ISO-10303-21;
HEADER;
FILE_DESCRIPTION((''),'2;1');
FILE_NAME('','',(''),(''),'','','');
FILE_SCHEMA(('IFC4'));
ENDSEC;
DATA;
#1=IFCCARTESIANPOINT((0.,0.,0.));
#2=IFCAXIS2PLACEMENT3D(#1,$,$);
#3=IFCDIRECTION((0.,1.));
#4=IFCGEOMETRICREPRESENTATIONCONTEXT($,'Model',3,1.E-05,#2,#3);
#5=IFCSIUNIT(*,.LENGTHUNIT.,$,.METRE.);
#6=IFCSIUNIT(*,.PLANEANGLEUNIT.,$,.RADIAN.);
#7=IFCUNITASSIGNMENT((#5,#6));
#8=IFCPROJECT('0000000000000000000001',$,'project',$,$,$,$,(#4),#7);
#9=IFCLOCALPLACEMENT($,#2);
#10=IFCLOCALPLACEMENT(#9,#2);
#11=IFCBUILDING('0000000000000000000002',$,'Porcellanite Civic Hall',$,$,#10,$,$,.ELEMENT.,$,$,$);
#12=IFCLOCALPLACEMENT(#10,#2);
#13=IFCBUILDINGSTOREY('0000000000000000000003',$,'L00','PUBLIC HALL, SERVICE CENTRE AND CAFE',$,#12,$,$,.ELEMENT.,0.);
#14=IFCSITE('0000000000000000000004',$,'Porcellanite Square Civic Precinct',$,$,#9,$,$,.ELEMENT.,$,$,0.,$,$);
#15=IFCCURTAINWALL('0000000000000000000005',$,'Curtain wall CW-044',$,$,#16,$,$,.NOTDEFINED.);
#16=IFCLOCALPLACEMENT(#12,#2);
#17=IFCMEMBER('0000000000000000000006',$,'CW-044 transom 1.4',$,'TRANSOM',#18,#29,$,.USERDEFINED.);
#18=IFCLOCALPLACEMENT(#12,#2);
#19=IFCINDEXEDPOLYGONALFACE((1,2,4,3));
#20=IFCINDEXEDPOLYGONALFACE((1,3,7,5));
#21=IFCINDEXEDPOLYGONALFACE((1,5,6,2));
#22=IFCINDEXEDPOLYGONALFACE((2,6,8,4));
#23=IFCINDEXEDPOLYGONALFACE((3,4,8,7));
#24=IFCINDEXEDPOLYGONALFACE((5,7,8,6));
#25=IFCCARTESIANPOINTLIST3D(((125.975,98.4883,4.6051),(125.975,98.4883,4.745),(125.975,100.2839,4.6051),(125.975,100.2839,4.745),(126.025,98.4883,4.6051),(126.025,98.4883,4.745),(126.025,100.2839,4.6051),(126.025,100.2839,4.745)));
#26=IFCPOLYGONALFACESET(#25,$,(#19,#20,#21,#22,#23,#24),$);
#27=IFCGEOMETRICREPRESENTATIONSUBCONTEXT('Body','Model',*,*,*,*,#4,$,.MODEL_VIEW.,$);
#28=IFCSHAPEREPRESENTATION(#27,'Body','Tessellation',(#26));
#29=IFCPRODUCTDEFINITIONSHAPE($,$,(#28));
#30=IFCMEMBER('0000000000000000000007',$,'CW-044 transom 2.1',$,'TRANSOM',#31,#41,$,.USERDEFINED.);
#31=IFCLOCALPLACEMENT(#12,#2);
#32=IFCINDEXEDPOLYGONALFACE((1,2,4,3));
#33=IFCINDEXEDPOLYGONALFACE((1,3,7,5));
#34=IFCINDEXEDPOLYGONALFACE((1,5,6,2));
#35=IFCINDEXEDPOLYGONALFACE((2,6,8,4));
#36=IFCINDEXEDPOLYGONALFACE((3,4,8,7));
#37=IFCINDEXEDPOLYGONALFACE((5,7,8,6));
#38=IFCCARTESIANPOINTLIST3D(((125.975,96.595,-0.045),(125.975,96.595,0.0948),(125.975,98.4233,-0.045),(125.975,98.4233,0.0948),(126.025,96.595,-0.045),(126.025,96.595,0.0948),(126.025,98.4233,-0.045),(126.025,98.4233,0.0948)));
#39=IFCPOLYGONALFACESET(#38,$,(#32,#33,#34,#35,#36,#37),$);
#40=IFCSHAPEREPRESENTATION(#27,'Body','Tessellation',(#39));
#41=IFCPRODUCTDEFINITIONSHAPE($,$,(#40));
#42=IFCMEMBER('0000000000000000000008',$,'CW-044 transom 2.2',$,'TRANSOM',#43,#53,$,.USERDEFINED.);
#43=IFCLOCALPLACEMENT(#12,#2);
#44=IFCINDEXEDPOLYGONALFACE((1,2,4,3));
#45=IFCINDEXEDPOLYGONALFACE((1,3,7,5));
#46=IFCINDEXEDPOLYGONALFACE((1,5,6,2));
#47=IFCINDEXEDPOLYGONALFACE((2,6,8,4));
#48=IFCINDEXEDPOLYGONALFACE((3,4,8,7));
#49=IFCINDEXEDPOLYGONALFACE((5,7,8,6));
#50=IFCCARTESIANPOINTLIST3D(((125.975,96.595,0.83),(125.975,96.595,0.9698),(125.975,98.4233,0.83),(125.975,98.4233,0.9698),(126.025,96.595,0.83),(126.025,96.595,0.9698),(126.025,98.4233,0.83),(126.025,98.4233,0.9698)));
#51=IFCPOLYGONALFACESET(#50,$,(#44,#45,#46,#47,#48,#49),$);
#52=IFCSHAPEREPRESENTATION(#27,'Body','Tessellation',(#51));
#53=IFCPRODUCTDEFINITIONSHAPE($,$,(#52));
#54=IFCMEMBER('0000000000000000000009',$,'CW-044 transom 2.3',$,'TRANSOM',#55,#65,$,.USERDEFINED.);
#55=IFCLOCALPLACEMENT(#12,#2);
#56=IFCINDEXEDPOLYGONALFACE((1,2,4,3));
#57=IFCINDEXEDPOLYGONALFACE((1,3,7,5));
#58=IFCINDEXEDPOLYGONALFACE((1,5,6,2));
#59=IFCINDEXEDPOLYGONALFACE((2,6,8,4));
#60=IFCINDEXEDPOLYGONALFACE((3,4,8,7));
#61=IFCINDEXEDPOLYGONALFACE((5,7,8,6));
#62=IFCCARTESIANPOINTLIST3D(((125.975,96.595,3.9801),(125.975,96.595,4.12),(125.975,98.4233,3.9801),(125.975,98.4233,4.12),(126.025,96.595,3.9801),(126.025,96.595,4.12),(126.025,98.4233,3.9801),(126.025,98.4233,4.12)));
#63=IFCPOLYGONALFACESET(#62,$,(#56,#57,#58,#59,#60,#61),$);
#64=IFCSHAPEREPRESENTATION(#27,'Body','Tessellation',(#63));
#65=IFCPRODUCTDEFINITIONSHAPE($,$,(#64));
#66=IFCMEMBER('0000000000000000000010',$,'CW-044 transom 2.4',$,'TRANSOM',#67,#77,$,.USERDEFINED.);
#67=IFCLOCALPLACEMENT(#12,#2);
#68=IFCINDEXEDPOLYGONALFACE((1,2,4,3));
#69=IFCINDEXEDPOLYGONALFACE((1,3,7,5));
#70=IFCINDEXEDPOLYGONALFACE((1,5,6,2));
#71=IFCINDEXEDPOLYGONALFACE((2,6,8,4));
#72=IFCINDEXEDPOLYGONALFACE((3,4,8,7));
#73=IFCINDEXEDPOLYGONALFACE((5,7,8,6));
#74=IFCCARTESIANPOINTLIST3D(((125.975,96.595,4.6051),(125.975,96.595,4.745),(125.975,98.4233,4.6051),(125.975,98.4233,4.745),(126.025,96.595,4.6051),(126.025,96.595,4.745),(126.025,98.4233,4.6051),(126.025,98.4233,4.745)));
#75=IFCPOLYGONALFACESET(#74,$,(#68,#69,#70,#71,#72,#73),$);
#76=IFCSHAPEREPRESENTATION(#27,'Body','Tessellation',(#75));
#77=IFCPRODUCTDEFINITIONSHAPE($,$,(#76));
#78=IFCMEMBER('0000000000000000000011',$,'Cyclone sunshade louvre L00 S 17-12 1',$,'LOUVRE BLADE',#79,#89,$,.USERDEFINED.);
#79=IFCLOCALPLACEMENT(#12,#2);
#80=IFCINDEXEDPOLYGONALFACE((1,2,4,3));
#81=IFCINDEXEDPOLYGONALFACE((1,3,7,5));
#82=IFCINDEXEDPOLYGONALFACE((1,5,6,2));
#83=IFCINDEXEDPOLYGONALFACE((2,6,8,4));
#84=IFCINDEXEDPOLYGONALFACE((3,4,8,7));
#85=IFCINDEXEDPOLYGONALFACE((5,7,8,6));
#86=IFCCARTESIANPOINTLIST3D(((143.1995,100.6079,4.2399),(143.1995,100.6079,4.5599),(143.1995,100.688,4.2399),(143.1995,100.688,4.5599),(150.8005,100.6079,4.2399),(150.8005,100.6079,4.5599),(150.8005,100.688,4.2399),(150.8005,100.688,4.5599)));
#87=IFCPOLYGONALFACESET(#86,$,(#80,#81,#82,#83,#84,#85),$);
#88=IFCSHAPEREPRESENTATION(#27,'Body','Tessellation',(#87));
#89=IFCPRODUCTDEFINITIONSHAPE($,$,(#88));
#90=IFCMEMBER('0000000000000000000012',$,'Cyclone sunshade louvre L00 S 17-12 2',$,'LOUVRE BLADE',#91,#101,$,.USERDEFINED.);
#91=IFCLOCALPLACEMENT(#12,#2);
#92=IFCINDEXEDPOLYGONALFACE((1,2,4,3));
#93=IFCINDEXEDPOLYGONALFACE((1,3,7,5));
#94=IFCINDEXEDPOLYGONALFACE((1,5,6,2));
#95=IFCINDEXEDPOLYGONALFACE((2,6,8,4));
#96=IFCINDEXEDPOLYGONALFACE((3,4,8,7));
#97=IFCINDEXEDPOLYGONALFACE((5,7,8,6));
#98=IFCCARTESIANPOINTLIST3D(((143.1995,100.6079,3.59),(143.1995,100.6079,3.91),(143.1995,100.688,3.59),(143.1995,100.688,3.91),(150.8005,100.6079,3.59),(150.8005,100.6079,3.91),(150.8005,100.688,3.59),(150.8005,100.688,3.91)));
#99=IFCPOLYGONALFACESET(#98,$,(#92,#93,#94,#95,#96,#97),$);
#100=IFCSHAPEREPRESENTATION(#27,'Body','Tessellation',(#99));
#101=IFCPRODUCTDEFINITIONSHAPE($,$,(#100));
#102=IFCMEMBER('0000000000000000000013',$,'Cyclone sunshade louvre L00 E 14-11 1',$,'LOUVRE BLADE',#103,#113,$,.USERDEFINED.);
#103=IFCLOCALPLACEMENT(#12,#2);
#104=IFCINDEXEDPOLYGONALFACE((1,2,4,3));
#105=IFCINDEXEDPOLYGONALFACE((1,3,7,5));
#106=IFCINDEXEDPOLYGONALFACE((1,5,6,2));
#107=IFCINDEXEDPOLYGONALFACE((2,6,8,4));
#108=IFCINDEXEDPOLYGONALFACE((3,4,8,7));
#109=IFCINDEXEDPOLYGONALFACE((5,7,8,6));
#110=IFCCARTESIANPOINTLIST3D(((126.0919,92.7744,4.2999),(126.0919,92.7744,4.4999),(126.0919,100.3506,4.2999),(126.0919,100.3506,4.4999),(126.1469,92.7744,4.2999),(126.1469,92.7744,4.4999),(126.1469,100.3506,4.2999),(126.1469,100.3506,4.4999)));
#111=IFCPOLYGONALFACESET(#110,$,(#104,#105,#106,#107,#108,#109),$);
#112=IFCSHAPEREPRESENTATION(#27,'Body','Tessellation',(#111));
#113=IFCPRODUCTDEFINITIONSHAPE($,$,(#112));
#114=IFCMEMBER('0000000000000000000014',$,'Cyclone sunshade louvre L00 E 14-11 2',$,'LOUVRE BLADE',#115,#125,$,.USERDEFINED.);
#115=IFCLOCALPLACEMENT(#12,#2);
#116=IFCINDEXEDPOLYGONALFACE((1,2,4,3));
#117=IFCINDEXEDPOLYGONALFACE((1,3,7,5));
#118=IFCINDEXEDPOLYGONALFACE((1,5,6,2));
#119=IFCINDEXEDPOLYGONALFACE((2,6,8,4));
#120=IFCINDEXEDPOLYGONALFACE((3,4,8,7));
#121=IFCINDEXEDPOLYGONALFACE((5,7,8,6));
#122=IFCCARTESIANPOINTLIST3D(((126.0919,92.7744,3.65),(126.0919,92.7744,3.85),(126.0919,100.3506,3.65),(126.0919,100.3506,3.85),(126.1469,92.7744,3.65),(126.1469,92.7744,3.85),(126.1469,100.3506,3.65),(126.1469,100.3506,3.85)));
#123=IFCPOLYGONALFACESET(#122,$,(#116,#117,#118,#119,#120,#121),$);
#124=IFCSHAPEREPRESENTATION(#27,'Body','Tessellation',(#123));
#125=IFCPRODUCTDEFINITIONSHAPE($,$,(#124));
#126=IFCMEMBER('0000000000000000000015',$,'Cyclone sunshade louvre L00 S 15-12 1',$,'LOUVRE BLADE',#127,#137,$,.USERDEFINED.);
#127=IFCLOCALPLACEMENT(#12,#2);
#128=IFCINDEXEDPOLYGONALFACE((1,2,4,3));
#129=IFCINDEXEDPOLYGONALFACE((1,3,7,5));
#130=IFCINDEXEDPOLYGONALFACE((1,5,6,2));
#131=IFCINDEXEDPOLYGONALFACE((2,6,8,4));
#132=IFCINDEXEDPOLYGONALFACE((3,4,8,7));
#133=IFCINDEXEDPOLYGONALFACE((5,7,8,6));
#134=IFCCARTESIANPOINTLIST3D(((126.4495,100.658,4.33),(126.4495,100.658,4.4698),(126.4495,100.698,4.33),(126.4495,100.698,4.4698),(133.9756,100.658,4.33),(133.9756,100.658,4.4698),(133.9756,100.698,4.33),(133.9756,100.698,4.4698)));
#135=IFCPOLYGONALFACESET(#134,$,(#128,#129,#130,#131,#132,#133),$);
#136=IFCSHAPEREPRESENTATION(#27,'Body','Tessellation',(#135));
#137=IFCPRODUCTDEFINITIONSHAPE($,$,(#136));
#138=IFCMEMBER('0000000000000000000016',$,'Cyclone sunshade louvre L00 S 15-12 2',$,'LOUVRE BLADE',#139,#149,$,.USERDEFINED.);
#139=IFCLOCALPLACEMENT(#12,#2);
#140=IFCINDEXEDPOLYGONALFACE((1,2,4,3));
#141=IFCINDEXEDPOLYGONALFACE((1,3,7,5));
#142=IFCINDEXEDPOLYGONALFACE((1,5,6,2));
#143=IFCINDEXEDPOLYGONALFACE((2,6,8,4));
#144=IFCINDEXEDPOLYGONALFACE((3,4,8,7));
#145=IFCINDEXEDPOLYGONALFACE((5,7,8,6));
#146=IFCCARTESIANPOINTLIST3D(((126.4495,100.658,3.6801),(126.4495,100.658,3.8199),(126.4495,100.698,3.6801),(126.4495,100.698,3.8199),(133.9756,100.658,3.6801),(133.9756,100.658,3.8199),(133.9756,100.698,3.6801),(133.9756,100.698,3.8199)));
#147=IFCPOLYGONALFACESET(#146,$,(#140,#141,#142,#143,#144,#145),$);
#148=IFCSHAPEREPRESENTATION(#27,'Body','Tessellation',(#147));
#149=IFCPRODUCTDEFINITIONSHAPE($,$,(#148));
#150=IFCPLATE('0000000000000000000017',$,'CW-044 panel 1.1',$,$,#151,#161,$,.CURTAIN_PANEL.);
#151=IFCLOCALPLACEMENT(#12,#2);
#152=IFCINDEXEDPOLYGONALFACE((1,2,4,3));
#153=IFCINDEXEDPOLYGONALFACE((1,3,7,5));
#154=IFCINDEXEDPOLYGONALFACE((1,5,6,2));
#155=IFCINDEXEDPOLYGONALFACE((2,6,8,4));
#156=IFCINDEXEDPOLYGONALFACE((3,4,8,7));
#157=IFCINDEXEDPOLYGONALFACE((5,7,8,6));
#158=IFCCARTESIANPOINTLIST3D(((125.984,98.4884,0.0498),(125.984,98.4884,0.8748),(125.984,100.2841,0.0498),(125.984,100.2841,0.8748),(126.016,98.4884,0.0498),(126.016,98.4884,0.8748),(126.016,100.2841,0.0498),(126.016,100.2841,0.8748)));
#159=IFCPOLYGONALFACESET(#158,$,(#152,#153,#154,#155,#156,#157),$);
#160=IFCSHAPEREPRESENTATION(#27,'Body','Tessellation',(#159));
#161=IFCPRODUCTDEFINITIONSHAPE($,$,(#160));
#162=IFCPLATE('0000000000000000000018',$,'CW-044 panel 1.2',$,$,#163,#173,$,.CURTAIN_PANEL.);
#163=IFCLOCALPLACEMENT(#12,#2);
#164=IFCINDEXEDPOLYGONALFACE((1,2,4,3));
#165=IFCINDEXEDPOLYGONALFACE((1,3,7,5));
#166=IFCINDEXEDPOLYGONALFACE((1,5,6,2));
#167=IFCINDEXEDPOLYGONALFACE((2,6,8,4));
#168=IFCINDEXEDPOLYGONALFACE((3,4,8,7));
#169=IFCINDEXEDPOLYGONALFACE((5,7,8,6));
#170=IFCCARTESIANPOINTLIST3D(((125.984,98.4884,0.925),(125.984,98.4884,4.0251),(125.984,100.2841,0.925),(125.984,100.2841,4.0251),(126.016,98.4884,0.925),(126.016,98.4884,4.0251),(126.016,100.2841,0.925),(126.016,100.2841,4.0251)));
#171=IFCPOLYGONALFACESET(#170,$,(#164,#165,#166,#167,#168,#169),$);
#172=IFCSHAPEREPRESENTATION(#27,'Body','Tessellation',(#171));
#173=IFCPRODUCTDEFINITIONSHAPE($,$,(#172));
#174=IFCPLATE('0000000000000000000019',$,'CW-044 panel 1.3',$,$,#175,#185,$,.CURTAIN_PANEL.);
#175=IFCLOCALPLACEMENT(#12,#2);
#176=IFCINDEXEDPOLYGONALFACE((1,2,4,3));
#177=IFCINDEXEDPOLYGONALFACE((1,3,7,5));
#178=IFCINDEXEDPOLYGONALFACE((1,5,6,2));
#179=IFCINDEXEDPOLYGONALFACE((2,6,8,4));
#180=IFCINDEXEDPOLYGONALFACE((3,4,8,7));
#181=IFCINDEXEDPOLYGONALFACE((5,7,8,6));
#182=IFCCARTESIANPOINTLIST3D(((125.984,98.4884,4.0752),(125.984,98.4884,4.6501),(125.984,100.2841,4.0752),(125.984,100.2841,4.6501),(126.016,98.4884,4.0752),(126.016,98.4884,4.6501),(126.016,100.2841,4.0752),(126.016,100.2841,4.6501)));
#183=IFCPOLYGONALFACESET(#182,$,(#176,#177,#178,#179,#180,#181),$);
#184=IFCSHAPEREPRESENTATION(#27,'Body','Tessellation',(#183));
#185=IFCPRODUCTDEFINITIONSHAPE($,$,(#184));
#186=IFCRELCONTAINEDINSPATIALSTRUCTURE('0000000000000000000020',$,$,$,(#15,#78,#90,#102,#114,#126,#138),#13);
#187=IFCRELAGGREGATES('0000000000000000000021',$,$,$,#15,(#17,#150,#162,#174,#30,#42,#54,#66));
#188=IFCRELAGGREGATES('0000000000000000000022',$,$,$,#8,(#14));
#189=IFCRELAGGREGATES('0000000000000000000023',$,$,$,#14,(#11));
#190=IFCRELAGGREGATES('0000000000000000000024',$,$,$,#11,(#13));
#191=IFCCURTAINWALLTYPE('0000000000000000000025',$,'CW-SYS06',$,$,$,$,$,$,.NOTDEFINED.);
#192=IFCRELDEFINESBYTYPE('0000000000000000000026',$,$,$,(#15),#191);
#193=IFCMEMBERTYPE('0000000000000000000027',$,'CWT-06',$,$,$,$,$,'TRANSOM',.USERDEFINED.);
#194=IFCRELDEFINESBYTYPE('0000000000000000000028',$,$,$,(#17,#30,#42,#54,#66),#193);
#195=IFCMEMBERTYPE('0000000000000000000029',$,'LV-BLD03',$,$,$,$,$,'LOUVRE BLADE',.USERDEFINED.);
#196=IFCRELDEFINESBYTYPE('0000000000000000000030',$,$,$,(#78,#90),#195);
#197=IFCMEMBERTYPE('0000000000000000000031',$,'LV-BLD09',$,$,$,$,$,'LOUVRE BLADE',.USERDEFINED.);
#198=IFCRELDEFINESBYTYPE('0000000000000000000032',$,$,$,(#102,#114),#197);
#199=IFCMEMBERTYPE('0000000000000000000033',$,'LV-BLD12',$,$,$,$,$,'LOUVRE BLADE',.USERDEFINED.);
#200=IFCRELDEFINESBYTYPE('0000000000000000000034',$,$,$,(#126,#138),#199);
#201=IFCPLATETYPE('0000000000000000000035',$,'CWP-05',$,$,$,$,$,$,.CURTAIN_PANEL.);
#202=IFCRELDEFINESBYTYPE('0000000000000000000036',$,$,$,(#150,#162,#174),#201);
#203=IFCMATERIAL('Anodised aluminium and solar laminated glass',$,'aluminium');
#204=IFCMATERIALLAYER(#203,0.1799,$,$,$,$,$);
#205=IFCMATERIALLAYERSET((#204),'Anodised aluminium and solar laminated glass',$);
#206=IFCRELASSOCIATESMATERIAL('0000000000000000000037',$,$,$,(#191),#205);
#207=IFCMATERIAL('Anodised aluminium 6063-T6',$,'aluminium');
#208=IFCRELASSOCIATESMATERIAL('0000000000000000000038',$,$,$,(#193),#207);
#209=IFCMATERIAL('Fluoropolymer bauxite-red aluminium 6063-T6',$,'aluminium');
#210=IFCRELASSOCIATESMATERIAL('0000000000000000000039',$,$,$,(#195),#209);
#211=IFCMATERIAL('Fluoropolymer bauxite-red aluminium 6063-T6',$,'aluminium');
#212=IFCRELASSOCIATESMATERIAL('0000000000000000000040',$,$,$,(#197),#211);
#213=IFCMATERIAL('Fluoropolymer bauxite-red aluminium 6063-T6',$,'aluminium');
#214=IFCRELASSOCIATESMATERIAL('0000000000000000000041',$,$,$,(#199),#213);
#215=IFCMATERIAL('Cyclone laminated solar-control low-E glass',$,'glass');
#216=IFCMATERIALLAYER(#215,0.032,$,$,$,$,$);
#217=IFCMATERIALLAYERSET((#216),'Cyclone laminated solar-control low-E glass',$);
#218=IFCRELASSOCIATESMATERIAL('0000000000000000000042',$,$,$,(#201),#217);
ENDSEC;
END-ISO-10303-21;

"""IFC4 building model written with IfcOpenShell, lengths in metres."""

from ifc_helpers import new_model, si_unit, direction, frame, origin, origin_2d, place, context, subcontext, project, spatial, rectangle, extrude, material, layer, layer_set, material_profile, profile_set, type_object, element, aggregate, save


model = new_model("IFC4")

# Units and contexts
model_context = context("Model", 3, precision=1e-05, world=origin(), true_north=direction((0.0, 1.0)))
body_context = subcontext(model_context, "Body", "Model", "MODEL_VIEW")
ifc_project = project(units=[si_unit("LENGTHUNIT", "METRE"), si_unit("PLANEANGLEUNIT", "RADIAN")], contexts=[model_context])

# Site, building, storey
site_placement = place(None, origin())
site = spatial("IfcSite", under=ifc_project, at=site_placement, Name="Porcellanite Square Civic Precinct", CompositionType="ELEMENT", RefElevation=0.0)
building_placement = place(site_placement, origin())
building = spatial("IfcBuilding", under=site, at=building_placement, Name="Porcellanite Civic Hall", CompositionType="ELEMENT")
storey_placement = place(building_placement, origin())
storey = spatial("IfcBuildingStorey", under=building, at=storey_placement, Name="L00", Description="PUBLIC HALL, SERVICE CENTRE AND CAFE", CompositionType="ELEMENT", Elevation=0.0)

# Curtain wall
ifc_material_1 = material(Name="Anodised aluminium and solar laminated glass", Category="aluminium")
ifc_layer_1 = layer(ifc_material_1, 0.1799)
ifc_layer_set_1 = layer_set([ifc_layer_1], Name="Anodised aluminium and solar laminated glass")
curtain_wall_type_1 = type_object("IfcCurtainWallType", Name="CW-SYS06", PredefinedType="NOTDEFINED", material=ifc_layer_set_1)
curtain_wall_1_placement = place(storey_placement, origin())
curtain_wall_1 = element("IfcCurtainWall", 1, at=curtain_wall_1_placement, inside=storey, type_object=curtain_wall_type_1, Name="Curtain wall CW-044", PredefinedType="NOTDEFINED")

# Members
ifc_material_2 = material(Name="Anodised aluminium 6063-T6", Category="aluminium")
ifc_material_profile_1 = material_profile(ifc_material_2, rectangle(XDim=0.05, YDim=0.1399, at=origin_2d()), Name="AL-50x140")
ifc_profile_set_1 = profile_set([ifc_material_profile_1], Name="Anodised aluminium 6063-T6")
member_type_1 = type_object("IfcMemberType", Name="CWT-06", ElementType="TRANSOM", PredefinedType="USERDEFINED", material=ifc_profile_set_1)
member_1_placement = place(storey_placement, frame((126.0, 100.2839, 4.675), z_axis=(0.0, -1.0, 0.0), x_axis=(1.0, 0.0, 0.0)))
member_1 = element("IfcMember", 2, at=member_1_placement, type_object=member_type_1, Name="CW-044 transom 1.4", ObjectType="TRANSOM", PredefinedType="USERDEFINED", context=body_context, shape_type="SweptSolid", body=[
    extrude(rectangle(XDim=0.05, YDim=0.1399, at=origin_2d()), origin(), (0.0, 0.0, 1.0), 1.7957),
])
member_2_placement = place(storey_placement, frame((126.0, 98.4233, 0.0249), z_axis=(0.0, -1.0, 0.0), x_axis=(1.0, 0.0, 0.0)))
member_2 = element("IfcMember", 3, at=member_2_placement, type_object=member_type_1, Name="CW-044 transom 2.1", ObjectType="TRANSOM", PredefinedType="USERDEFINED", context=body_context, shape_type="SweptSolid", body=[
    extrude(rectangle(XDim=0.05, YDim=0.1399, at=origin_2d()), origin(), (0.0, 0.0, 1.0), 1.8284),
])
member_3_placement = place(storey_placement, frame((126.0, 98.4233, 0.8999), z_axis=(0.0, -1.0, 0.0), x_axis=(1.0, 0.0, 0.0)))
member_3 = element("IfcMember", 4, at=member_3_placement, type_object=member_type_1, Name="CW-044 transom 2.2", ObjectType="TRANSOM", PredefinedType="USERDEFINED", context=body_context, shape_type="SweptSolid", body=[
    extrude(rectangle(XDim=0.05, YDim=0.1399, at=origin_2d()), origin(), (0.0, 0.0, 1.0), 1.8284),
])
member_4_placement = place(storey_placement, frame((126.0, 98.4233, 4.05), z_axis=(0.0, -1.0, 0.0), x_axis=(1.0, 0.0, 0.0)))
member_4 = element("IfcMember", 5, at=member_4_placement, type_object=member_type_1, Name="CW-044 transom 2.3", ObjectType="TRANSOM", PredefinedType="USERDEFINED", context=body_context, shape_type="SweptSolid", body=[
    extrude(rectangle(XDim=0.05, YDim=0.1399, at=origin_2d()), origin(), (0.0, 0.0, 1.0), 1.8284),
])
member_5_placement = place(storey_placement, frame((126.0, 98.4233, 4.675), z_axis=(0.0, -1.0, 0.0), x_axis=(1.0, 0.0, 0.0)))
member_5 = element("IfcMember", 6, at=member_5_placement, type_object=member_type_1, Name="CW-044 transom 2.4", ObjectType="TRANSOM", PredefinedType="USERDEFINED", context=body_context, shape_type="SweptSolid", body=[
    extrude(rectangle(XDim=0.05, YDim=0.1399, at=origin_2d()), origin(), (0.0, 0.0, 1.0), 1.8284),
])

# Members
ifc_material_3 = material(Name="Fluoropolymer bauxite-red aluminium 6063-T6", Category="aluminium")
ifc_material_profile_2 = material_profile(ifc_material_3, rectangle(XDim=0.0801, YDim=0.3201, at=origin_2d()), Name="AL-80x320")
ifc_profile_set_2 = profile_set([ifc_material_profile_2], Name="Fluoropolymer bauxite-red aluminium 6063-T6")
member_type_2 = type_object("IfcMemberType", Name="LV-BLD03", ElementType="LOUVRE BLADE", PredefinedType="USERDEFINED", material=ifc_profile_set_2)
for number, where, z_axis, x_axis, name in (
    (7, (150.8005, 100.6479, 4.3999), (-1.0, 0.0, 0.0), (0.0, -1.0, 0.0), "Cyclone sunshade louvre L00 S 17-12 1"),
    (8, (150.8005, 100.6479, 3.75), (-1.0, 0.0, 0.0), (0.0, -1.0, 0.0), "Cyclone sunshade louvre L00 S 17-12 2"),
):
    element("IfcMember", number, at=place(storey_placement, frame(where, z_axis=z_axis, x_axis=x_axis)), inside=storey, type_object=member_type_2, Name=name, ObjectType="LOUVRE BLADE", PredefinedType="USERDEFINED", context=body_context, shape_type="SweptSolid", body=[
        extrude(rectangle(XDim=0.0801, YDim=0.3201, at=origin_2d()), origin(), (0.0, 0.0, 1.0), 7.6011),
    ])
ifc_material_4 = material(Name="Fluoropolymer bauxite-red aluminium 6063-T6", Category="aluminium")
ifc_material_profile_3 = material_profile(ifc_material_4, rectangle(XDim=0.0549, YDim=0.2, at=origin_2d()), Name="AL-55x200")
ifc_profile_set_3 = profile_set([ifc_material_profile_3], Name="Fluoropolymer bauxite-red aluminium 6063-T6")
member_type_3 = type_object("IfcMemberType", Name="LV-BLD09", ElementType="LOUVRE BLADE", PredefinedType="USERDEFINED", material=ifc_profile_set_3)
for number, where, z_axis, x_axis, name in (
    (9, (126.1194, 100.3506, 4.3999), (0.0, -1.0, 0.0), (1.0, 0.0, 0.0), "Cyclone sunshade louvre L00 E 14-11 1"),
    (10, (126.1194, 100.3506, 3.75), (0.0, -1.0, 0.0), (1.0, 0.0, 0.0), "Cyclone sunshade louvre L00 E 14-11 2"),
):
    element("IfcMember", number, at=place(storey_placement, frame(where, z_axis=z_axis, x_axis=x_axis)), inside=storey, type_object=member_type_3, Name=name, ObjectType="LOUVRE BLADE", PredefinedType="USERDEFINED", context=body_context, shape_type="SweptSolid", body=[
        extrude(rectangle(XDim=0.0549, YDim=0.2, at=origin_2d()), origin(), (0.0, 0.0, 1.0), 7.5762),
    ])
ifc_material_5 = material(Name="Fluoropolymer bauxite-red aluminium 6063-T6", Category="aluminium")
ifc_material_profile_4 = material_profile(ifc_material_5, rectangle(XDim=0.04, YDim=0.1399, at=origin_2d()), Name="AL-40x140")
ifc_profile_set_4 = profile_set([ifc_material_profile_4], Name="Fluoropolymer bauxite-red aluminium 6063-T6")
member_type_4 = type_object("IfcMemberType", Name="LV-BLD12", ElementType="LOUVRE BLADE", PredefinedType="USERDEFINED", material=ifc_profile_set_4)
for number, where, z_axis, x_axis, name in (
    (11, (133.9756, 100.678, 4.3999), (-1.0, 0.0, 0.0), (0.0, -1.0, 0.0), "Cyclone sunshade louvre L00 S 15-12 1"),
    (12, (133.9756, 100.678, 3.75), (-1.0, 0.0, 0.0), (0.0, -1.0, 0.0), "Cyclone sunshade louvre L00 S 15-12 2"),
):
    element("IfcMember", number, at=place(storey_placement, frame(where, z_axis=z_axis, x_axis=x_axis)), inside=storey, type_object=member_type_4, Name=name, ObjectType="LOUVRE BLADE", PredefinedType="USERDEFINED", context=body_context, shape_type="SweptSolid", body=[
        extrude(rectangle(XDim=0.04, YDim=0.1399, at=origin_2d()), origin(), (0.0, 0.0, 1.0), 7.5261),
    ])

# Plates
ifc_material_6 = material(Name="Cyclone laminated solar-control low-E glass", Category="glass")
ifc_layer_2 = layer(ifc_material_6, 0.032)
ifc_layer_set_2 = layer_set([ifc_layer_2], Name="Cyclone laminated solar-control low-E glass")
plate_type_1 = type_object("IfcPlateType", Name="CWP-05", PredefinedType="CURTAIN_PANEL", material=ifc_layer_set_2)
plate_1_placement = place(storey_placement, frame((126.0, 99.3862, 0.0498), z_axis=(0.0, 0.0, 1.0), x_axis=(0.0, -1.0, 0.0)))
plate_1 = element("IfcPlate", 13, at=plate_1_placement, type_object=plate_type_1, Name="CW-044 panel 1.1", PredefinedType="CURTAIN_PANEL", context=body_context, shape_type="SweptSolid", body=[
    extrude(rectangle(XDim=1.7957, YDim=0.032, at=origin_2d()), origin(), (0.0, 0.0, 1.0), 0.825),
])
plate_2_placement = place(storey_placement, frame((126.0, 99.3862, 0.925), z_axis=(0.0, 0.0, 1.0), x_axis=(0.0, -1.0, 0.0)))
plate_2 = element("IfcPlate", 14, at=plate_2_placement, type_object=plate_type_1, Name="CW-044 panel 1.2", PredefinedType="CURTAIN_PANEL", context=body_context, shape_type="SweptSolid", body=[
    extrude(rectangle(XDim=1.7957, YDim=0.032, at=origin_2d()), origin(), (0.0, 0.0, 1.0), 3.1001),
])
plate_3_placement = place(storey_placement, frame((126.0, 99.3862, 4.0752), z_axis=(0.0, 0.0, 1.0), x_axis=(0.0, -1.0, 0.0)))
plate_3 = element("IfcPlate", 15, at=plate_3_placement, type_object=plate_type_1, Name="CW-044 panel 1.3", PredefinedType="CURTAIN_PANEL", context=body_context, shape_type="SweptSolid", body=[
    extrude(rectangle(XDim=1.7957, YDim=0.032, at=origin_2d()), origin(), (0.0, 0.0, 1.0), 0.575),
])
aggregate(curtain_wall_1, [member_1, plate_1, plate_2, plate_3, member_2, member_3, member_4, member_5])

save(model, "model.ifc")
